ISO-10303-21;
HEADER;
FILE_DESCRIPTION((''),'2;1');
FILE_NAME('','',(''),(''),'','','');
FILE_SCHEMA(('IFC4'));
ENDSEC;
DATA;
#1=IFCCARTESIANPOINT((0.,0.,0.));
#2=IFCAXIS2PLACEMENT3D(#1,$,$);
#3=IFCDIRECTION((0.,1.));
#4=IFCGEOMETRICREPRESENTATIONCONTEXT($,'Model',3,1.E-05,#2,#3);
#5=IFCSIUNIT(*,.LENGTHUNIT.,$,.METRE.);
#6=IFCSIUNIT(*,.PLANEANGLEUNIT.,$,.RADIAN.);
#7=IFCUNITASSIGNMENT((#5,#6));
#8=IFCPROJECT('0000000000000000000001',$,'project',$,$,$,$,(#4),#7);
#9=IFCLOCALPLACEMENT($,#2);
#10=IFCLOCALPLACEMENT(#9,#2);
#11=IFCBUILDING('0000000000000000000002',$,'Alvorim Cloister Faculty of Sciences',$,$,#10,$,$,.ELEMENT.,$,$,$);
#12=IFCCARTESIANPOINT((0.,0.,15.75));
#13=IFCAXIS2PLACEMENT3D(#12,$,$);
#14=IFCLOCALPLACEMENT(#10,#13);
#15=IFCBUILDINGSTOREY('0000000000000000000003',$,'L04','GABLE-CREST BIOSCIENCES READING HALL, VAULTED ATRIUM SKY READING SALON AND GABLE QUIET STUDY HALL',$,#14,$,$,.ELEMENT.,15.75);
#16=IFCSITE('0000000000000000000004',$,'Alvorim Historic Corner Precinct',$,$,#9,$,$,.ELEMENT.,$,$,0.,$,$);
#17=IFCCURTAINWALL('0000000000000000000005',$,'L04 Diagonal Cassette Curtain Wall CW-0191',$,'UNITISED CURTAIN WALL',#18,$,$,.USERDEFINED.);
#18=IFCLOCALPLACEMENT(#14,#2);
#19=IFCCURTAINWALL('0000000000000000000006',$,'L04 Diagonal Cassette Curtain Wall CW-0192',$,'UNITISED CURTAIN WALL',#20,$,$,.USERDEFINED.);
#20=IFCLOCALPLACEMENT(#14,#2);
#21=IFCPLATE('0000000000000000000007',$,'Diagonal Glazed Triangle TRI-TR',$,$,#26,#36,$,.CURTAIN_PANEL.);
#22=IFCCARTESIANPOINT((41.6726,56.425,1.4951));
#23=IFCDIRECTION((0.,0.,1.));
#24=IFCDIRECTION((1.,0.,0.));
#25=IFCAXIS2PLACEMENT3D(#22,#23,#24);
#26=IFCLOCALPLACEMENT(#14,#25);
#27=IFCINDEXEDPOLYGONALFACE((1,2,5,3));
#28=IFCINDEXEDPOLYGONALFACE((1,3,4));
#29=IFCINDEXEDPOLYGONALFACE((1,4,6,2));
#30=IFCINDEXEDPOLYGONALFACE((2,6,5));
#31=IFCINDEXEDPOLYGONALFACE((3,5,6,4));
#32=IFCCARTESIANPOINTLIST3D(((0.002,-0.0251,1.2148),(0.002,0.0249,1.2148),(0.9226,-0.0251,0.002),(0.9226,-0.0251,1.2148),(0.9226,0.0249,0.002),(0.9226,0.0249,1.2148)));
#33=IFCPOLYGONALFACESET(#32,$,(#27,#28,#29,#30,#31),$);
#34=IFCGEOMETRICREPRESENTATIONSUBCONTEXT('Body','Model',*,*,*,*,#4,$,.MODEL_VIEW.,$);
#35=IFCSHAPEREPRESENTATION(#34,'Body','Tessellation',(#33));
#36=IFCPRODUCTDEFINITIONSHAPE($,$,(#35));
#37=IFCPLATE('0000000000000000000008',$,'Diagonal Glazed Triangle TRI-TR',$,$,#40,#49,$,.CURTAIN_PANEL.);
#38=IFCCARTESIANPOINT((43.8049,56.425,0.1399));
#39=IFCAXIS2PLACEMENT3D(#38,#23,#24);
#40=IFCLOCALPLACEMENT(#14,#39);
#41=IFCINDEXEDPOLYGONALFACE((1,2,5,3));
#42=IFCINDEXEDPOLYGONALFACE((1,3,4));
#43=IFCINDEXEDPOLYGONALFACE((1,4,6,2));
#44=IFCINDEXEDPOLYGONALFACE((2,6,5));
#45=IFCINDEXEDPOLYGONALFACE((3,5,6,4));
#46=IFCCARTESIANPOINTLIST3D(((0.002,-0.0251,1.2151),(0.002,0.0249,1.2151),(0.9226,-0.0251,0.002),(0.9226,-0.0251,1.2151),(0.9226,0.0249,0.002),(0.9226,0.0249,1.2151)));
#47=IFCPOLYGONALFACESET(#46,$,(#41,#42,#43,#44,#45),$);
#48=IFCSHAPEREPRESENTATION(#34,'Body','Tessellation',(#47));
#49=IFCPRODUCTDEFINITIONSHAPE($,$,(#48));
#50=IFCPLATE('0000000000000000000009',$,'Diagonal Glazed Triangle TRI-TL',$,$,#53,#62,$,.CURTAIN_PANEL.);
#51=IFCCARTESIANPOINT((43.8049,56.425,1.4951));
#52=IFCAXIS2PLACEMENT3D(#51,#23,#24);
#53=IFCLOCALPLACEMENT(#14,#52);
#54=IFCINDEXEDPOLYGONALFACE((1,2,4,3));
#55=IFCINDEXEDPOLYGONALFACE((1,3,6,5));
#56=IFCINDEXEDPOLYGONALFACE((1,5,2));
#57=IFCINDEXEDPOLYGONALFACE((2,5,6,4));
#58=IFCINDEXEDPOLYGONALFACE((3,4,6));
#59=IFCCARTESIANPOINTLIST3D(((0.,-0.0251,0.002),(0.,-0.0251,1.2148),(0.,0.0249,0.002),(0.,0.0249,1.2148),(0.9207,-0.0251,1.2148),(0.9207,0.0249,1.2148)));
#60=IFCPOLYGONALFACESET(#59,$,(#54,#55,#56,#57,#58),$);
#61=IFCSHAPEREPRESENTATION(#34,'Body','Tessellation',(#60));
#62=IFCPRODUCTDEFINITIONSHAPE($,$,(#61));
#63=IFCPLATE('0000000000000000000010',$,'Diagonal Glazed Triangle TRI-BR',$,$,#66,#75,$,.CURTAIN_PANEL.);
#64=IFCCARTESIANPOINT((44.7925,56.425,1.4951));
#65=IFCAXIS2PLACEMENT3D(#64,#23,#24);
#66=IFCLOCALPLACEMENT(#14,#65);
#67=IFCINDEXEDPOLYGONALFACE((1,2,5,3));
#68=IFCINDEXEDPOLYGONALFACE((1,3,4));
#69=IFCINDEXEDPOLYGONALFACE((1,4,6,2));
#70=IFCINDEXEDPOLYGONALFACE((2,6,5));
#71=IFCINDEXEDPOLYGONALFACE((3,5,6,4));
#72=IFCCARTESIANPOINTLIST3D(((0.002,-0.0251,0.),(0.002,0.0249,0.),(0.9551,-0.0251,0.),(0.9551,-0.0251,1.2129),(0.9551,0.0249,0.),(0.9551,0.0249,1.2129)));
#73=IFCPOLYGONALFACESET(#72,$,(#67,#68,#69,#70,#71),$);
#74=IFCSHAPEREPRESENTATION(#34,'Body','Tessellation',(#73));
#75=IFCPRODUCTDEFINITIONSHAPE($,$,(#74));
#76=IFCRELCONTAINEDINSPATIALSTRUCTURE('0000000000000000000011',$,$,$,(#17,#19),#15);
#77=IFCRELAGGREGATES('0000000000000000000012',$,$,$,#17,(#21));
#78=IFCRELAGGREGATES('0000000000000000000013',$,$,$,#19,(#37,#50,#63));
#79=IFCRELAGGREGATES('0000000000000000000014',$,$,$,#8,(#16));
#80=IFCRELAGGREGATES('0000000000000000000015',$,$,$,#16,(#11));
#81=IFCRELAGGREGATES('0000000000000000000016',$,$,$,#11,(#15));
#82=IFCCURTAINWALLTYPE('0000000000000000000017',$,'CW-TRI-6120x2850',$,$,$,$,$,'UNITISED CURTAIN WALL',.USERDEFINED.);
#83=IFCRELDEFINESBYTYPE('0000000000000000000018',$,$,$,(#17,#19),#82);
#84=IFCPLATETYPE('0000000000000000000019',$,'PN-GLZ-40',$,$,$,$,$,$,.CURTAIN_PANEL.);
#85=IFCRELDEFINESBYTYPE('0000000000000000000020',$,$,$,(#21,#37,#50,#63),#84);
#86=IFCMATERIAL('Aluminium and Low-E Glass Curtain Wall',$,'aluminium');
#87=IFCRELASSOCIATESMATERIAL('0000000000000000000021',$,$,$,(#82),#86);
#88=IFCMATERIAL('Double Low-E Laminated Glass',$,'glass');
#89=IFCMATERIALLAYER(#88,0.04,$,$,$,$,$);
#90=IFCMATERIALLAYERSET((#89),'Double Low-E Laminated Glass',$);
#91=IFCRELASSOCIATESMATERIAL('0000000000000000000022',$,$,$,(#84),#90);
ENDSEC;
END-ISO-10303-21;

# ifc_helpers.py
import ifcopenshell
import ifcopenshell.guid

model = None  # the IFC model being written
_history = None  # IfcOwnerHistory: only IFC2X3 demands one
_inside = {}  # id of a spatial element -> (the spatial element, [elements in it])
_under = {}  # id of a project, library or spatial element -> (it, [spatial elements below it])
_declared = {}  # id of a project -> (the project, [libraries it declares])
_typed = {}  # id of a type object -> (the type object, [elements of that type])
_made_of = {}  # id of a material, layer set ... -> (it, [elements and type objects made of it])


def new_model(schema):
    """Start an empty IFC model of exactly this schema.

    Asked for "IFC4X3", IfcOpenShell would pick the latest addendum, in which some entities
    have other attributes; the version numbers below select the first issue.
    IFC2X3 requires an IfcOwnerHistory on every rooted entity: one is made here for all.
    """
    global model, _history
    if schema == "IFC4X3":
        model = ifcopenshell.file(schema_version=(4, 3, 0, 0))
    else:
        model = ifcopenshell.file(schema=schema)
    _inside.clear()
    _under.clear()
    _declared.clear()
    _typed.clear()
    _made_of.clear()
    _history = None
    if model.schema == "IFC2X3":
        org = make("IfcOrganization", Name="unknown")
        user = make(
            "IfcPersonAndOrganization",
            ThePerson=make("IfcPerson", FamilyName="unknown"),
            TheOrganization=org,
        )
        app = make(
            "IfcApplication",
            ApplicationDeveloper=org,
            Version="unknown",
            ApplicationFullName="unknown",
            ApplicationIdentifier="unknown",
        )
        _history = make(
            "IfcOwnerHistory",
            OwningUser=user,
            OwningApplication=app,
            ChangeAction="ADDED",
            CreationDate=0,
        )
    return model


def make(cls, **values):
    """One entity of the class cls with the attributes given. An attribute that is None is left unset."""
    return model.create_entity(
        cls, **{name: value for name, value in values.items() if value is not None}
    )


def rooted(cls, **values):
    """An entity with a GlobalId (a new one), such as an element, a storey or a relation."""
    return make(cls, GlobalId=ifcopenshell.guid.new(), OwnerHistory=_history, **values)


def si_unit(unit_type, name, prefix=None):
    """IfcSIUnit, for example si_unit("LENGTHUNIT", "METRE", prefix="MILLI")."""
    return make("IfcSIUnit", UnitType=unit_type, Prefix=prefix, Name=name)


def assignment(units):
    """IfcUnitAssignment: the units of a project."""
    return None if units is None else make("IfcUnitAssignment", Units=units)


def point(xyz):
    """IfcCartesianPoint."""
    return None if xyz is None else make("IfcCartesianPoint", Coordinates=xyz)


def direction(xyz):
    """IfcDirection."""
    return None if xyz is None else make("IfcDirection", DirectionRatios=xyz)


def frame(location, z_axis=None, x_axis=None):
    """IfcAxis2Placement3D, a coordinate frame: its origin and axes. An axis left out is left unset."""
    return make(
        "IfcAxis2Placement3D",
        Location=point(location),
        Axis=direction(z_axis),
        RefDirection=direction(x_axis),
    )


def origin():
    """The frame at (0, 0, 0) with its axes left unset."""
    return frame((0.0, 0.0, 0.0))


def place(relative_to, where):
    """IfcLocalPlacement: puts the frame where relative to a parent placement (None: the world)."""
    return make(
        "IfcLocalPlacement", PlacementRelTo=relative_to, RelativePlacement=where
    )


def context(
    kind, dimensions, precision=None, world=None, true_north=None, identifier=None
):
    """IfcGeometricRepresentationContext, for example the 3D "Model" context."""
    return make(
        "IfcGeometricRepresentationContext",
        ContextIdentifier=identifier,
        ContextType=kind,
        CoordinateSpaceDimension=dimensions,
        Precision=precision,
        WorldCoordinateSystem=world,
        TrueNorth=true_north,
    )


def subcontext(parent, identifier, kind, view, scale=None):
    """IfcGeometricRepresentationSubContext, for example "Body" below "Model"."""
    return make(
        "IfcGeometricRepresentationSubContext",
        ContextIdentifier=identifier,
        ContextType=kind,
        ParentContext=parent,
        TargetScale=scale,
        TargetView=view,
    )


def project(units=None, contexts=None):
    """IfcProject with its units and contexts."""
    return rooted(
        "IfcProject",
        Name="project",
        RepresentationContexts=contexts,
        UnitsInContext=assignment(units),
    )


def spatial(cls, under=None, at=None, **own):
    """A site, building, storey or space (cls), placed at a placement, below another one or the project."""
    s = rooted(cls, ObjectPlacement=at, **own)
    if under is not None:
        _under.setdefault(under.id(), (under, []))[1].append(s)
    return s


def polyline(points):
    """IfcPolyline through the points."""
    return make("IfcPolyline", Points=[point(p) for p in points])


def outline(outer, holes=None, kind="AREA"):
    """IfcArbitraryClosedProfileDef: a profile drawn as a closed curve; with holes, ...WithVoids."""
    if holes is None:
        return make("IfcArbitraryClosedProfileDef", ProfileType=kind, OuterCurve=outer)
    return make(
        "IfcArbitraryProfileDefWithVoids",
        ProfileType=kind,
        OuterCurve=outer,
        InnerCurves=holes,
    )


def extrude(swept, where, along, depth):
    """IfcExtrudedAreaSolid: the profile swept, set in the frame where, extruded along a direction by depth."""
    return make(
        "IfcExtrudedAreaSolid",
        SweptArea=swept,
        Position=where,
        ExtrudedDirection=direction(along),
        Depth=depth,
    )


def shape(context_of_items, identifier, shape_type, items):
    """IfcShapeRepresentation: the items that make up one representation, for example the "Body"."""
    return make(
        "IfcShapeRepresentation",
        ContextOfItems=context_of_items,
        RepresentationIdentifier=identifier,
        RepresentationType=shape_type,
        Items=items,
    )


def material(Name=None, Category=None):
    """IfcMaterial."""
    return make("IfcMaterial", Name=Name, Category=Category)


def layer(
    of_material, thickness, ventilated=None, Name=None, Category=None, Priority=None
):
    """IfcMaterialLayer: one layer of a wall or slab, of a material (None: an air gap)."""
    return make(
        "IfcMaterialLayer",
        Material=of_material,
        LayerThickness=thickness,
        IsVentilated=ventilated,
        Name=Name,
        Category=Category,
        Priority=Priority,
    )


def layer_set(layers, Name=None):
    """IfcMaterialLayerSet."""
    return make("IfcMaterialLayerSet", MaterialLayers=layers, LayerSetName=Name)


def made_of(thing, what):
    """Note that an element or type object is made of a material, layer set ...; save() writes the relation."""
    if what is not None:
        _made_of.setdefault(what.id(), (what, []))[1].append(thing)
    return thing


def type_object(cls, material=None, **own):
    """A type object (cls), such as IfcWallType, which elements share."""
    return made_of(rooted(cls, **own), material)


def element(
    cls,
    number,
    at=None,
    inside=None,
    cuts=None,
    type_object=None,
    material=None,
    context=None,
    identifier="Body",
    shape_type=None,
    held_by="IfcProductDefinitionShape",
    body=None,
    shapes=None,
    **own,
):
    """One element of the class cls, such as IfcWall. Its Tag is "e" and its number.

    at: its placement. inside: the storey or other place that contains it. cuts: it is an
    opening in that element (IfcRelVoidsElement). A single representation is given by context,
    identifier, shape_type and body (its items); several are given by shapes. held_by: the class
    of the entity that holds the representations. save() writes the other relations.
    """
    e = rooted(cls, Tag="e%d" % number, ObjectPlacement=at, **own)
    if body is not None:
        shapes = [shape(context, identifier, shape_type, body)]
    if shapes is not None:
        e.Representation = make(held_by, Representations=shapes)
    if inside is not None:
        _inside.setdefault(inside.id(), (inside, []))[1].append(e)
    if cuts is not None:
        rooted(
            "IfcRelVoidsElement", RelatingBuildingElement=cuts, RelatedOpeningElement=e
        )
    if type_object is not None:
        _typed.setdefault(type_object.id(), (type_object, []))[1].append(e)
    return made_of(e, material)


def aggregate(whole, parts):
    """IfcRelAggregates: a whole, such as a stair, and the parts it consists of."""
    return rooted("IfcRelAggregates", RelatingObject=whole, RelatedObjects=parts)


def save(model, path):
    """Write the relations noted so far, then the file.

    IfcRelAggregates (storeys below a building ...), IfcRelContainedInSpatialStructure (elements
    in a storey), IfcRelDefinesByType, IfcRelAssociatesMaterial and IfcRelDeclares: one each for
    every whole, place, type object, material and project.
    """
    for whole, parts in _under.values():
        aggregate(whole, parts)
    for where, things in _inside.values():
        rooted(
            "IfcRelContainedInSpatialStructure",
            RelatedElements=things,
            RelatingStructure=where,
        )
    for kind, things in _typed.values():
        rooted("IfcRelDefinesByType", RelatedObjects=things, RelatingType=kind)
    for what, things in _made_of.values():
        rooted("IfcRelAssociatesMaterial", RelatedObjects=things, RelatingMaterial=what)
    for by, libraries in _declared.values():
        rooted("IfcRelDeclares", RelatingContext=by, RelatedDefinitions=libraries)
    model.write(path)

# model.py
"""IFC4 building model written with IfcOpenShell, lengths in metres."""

from ifc_helpers import new_model, si_unit, direction, frame, origin, place, context, subcontext, project, spatial, polyline, outline, extrude, material, layer, layer_set, type_object, element, aggregate, save


model = new_model("IFC4")

# Units and contexts
model_context = context("Model", 3, precision=1e-05, world=origin(), true_north=direction((0.0, 1.0)))
body_context = subcontext(model_context, "Body", "Model", "MODEL_VIEW")
ifc_project = project(units=[si_unit("LENGTHUNIT", "METRE"), si_unit("PLANEANGLEUNIT", "RADIAN")], contexts=[model_context])

# Site, building, storey
site_placement = place(None, origin())
site = spatial("IfcSite", under=ifc_project, at=site_placement, Name="Alvorim Historic Corner Precinct", CompositionType="ELEMENT", RefElevation=0.0)
building_placement = place(site_placement, origin())
building = spatial("IfcBuilding", under=site, at=building_placement, Name="Alvorim Cloister Faculty of Sciences", CompositionType="ELEMENT")
storey_placement = place(building_placement, frame((0.0, 0.0, 15.75)))
storey = spatial("IfcBuildingStorey", under=building, at=storey_placement, Name="L04", Description="GABLE-CREST BIOSCIENCES READING HALL, VAULTED ATRIUM SKY READING SALON AND GABLE QUIET STUDY HALL", CompositionType="ELEMENT", Elevation=15.75)

# Curtain wall
ifc_material_1 = material(Name="Aluminium and Low-E Glass Curtain Wall", Category="aluminium")
curtain_wall_type = type_object("IfcCurtainWallType", Name="CW-TRI-6120x2850", ElementType="UNITISED CURTAIN WALL", PredefinedType="USERDEFINED", material=ifc_material_1)
curtain_wall_1_placement = place(storey_placement, origin())
curtain_wall_1 = element("IfcCurtainWall", 1, at=curtain_wall_1_placement, inside=storey, type_object=curtain_wall_type, Name="L04 Diagonal Cassette Curtain Wall CW-0191", ObjectType="UNITISED CURTAIN WALL", PredefinedType="USERDEFINED")

# Curtain wall
curtain_wall_2_placement = place(storey_placement, origin())
curtain_wall_2 = element("IfcCurtainWall", 2, at=curtain_wall_2_placement, inside=storey, type_object=curtain_wall_type, Name="L04 Diagonal Cassette Curtain Wall CW-0192", ObjectType="UNITISED CURTAIN WALL", PredefinedType="USERDEFINED")

# Plates
ifc_material_2 = material(Name="Double Low-E Laminated Glass", Category="glass")
ifc_layer = layer(ifc_material_2, 0.04)
ifc_layer_set = layer_set([ifc_layer], Name="Double Low-E Laminated Glass")
plate_type = type_object("IfcPlateType", Name="PN-GLZ-40", PredefinedType="CURTAIN_PANEL", material=ifc_layer_set)
plate_1_placement = place(storey_placement, frame((41.6726, 56.425, 1.4951), z_axis=(0.0, 0.0, 1.0), x_axis=(1.0, 0.0, 0.0)))
plate_1 = element("IfcPlate", 3, at=plate_1_placement, type_object=plate_type, Name="Diagonal Glazed Triangle TRI-TR", PredefinedType="CURTAIN_PANEL", context=body_context, shape_type="SweptSolid", body=[
    extrude(outline(polyline([(0.9226, 0.002), (0.9226, 1.2148), (0.002, 1.2148), (0.9226, 0.002)])), frame((0.0, 0.0249, 0.0), z_axis=(0.0, -1.0, 0.0), x_axis=(1.0, 0.0, 0.0)), (0.0, 0.0, 1.0), 0.05),
])
aggregate(curtain_wall_1, [plate_1])
plate_2_placement = place(storey_placement, frame((43.8049, 56.425, 0.1399), z_axis=(0.0, 0.0, 1.0), x_axis=(1.0, 0.0, 0.0)))
plate_2 = element("IfcPlate", 4, at=plate_2_placement, type_object=plate_type, Name="Diagonal Glazed Triangle TRI-TR", PredefinedType="CURTAIN_PANEL", context=body_context, shape_type="SweptSolid", body=[
    extrude(outline(polyline([(0.9226, 0.002), (0.9226, 1.2151), (0.002, 1.2151), (0.9226, 0.002)])), frame((0.0, 0.0249, 0.0), z_axis=(0.0, -1.0, 0.0), x_axis=(1.0, 0.0, 0.0)), (0.0, 0.0, 1.0), 0.05),
])
plate_3_placement = place(storey_placement, frame((43.8049, 56.425, 1.4951), z_axis=(0.0, 0.0, 1.0), x_axis=(1.0, 0.0, 0.0)))
plate_3 = element("IfcPlate", 5, at=plate_3_placement, type_object=plate_type, Name="Diagonal Glazed Triangle TRI-TL", PredefinedType="CURTAIN_PANEL", context=body_context, shape_type="SweptSolid", body=[
    extrude(outline(polyline([(0.9207, 1.2148), (0.0, 1.2148), (0.0, 0.002), (0.9207, 1.2148)])), frame((0.0, 0.0249, 0.0), z_axis=(0.0, -1.0, 0.0), x_axis=(1.0, 0.0, 0.0)), (0.0, 0.0, 1.0), 0.05),
])
plate_4_placement = place(storey_placement, frame((44.7925, 56.425, 1.4951), z_axis=(0.0, 0.0, 1.0), x_axis=(1.0, 0.0, 0.0)))
plate_4 = element("IfcPlate", 6, at=plate_4_placement, type_object=plate_type, Name="Diagonal Glazed Triangle TRI-BR", PredefinedType="CURTAIN_PANEL", context=body_context, shape_type="SweptSolid", body=[
    extrude(outline(polyline([(0.002, 0.0), (0.9551, 0.0), (0.9551, 1.2129), (0.002, 0.0)])), frame((0.0, 0.0249, 0.0), z_axis=(0.0, -1.0, 0.0), x_axis=(1.0, 0.0, 0.0)), (0.0, 0.0, 1.0), 0.05),
])
aggregate(curtain_wall_2, [plate_2, plate_3, plate_4])

save(model, "model.ifc")
